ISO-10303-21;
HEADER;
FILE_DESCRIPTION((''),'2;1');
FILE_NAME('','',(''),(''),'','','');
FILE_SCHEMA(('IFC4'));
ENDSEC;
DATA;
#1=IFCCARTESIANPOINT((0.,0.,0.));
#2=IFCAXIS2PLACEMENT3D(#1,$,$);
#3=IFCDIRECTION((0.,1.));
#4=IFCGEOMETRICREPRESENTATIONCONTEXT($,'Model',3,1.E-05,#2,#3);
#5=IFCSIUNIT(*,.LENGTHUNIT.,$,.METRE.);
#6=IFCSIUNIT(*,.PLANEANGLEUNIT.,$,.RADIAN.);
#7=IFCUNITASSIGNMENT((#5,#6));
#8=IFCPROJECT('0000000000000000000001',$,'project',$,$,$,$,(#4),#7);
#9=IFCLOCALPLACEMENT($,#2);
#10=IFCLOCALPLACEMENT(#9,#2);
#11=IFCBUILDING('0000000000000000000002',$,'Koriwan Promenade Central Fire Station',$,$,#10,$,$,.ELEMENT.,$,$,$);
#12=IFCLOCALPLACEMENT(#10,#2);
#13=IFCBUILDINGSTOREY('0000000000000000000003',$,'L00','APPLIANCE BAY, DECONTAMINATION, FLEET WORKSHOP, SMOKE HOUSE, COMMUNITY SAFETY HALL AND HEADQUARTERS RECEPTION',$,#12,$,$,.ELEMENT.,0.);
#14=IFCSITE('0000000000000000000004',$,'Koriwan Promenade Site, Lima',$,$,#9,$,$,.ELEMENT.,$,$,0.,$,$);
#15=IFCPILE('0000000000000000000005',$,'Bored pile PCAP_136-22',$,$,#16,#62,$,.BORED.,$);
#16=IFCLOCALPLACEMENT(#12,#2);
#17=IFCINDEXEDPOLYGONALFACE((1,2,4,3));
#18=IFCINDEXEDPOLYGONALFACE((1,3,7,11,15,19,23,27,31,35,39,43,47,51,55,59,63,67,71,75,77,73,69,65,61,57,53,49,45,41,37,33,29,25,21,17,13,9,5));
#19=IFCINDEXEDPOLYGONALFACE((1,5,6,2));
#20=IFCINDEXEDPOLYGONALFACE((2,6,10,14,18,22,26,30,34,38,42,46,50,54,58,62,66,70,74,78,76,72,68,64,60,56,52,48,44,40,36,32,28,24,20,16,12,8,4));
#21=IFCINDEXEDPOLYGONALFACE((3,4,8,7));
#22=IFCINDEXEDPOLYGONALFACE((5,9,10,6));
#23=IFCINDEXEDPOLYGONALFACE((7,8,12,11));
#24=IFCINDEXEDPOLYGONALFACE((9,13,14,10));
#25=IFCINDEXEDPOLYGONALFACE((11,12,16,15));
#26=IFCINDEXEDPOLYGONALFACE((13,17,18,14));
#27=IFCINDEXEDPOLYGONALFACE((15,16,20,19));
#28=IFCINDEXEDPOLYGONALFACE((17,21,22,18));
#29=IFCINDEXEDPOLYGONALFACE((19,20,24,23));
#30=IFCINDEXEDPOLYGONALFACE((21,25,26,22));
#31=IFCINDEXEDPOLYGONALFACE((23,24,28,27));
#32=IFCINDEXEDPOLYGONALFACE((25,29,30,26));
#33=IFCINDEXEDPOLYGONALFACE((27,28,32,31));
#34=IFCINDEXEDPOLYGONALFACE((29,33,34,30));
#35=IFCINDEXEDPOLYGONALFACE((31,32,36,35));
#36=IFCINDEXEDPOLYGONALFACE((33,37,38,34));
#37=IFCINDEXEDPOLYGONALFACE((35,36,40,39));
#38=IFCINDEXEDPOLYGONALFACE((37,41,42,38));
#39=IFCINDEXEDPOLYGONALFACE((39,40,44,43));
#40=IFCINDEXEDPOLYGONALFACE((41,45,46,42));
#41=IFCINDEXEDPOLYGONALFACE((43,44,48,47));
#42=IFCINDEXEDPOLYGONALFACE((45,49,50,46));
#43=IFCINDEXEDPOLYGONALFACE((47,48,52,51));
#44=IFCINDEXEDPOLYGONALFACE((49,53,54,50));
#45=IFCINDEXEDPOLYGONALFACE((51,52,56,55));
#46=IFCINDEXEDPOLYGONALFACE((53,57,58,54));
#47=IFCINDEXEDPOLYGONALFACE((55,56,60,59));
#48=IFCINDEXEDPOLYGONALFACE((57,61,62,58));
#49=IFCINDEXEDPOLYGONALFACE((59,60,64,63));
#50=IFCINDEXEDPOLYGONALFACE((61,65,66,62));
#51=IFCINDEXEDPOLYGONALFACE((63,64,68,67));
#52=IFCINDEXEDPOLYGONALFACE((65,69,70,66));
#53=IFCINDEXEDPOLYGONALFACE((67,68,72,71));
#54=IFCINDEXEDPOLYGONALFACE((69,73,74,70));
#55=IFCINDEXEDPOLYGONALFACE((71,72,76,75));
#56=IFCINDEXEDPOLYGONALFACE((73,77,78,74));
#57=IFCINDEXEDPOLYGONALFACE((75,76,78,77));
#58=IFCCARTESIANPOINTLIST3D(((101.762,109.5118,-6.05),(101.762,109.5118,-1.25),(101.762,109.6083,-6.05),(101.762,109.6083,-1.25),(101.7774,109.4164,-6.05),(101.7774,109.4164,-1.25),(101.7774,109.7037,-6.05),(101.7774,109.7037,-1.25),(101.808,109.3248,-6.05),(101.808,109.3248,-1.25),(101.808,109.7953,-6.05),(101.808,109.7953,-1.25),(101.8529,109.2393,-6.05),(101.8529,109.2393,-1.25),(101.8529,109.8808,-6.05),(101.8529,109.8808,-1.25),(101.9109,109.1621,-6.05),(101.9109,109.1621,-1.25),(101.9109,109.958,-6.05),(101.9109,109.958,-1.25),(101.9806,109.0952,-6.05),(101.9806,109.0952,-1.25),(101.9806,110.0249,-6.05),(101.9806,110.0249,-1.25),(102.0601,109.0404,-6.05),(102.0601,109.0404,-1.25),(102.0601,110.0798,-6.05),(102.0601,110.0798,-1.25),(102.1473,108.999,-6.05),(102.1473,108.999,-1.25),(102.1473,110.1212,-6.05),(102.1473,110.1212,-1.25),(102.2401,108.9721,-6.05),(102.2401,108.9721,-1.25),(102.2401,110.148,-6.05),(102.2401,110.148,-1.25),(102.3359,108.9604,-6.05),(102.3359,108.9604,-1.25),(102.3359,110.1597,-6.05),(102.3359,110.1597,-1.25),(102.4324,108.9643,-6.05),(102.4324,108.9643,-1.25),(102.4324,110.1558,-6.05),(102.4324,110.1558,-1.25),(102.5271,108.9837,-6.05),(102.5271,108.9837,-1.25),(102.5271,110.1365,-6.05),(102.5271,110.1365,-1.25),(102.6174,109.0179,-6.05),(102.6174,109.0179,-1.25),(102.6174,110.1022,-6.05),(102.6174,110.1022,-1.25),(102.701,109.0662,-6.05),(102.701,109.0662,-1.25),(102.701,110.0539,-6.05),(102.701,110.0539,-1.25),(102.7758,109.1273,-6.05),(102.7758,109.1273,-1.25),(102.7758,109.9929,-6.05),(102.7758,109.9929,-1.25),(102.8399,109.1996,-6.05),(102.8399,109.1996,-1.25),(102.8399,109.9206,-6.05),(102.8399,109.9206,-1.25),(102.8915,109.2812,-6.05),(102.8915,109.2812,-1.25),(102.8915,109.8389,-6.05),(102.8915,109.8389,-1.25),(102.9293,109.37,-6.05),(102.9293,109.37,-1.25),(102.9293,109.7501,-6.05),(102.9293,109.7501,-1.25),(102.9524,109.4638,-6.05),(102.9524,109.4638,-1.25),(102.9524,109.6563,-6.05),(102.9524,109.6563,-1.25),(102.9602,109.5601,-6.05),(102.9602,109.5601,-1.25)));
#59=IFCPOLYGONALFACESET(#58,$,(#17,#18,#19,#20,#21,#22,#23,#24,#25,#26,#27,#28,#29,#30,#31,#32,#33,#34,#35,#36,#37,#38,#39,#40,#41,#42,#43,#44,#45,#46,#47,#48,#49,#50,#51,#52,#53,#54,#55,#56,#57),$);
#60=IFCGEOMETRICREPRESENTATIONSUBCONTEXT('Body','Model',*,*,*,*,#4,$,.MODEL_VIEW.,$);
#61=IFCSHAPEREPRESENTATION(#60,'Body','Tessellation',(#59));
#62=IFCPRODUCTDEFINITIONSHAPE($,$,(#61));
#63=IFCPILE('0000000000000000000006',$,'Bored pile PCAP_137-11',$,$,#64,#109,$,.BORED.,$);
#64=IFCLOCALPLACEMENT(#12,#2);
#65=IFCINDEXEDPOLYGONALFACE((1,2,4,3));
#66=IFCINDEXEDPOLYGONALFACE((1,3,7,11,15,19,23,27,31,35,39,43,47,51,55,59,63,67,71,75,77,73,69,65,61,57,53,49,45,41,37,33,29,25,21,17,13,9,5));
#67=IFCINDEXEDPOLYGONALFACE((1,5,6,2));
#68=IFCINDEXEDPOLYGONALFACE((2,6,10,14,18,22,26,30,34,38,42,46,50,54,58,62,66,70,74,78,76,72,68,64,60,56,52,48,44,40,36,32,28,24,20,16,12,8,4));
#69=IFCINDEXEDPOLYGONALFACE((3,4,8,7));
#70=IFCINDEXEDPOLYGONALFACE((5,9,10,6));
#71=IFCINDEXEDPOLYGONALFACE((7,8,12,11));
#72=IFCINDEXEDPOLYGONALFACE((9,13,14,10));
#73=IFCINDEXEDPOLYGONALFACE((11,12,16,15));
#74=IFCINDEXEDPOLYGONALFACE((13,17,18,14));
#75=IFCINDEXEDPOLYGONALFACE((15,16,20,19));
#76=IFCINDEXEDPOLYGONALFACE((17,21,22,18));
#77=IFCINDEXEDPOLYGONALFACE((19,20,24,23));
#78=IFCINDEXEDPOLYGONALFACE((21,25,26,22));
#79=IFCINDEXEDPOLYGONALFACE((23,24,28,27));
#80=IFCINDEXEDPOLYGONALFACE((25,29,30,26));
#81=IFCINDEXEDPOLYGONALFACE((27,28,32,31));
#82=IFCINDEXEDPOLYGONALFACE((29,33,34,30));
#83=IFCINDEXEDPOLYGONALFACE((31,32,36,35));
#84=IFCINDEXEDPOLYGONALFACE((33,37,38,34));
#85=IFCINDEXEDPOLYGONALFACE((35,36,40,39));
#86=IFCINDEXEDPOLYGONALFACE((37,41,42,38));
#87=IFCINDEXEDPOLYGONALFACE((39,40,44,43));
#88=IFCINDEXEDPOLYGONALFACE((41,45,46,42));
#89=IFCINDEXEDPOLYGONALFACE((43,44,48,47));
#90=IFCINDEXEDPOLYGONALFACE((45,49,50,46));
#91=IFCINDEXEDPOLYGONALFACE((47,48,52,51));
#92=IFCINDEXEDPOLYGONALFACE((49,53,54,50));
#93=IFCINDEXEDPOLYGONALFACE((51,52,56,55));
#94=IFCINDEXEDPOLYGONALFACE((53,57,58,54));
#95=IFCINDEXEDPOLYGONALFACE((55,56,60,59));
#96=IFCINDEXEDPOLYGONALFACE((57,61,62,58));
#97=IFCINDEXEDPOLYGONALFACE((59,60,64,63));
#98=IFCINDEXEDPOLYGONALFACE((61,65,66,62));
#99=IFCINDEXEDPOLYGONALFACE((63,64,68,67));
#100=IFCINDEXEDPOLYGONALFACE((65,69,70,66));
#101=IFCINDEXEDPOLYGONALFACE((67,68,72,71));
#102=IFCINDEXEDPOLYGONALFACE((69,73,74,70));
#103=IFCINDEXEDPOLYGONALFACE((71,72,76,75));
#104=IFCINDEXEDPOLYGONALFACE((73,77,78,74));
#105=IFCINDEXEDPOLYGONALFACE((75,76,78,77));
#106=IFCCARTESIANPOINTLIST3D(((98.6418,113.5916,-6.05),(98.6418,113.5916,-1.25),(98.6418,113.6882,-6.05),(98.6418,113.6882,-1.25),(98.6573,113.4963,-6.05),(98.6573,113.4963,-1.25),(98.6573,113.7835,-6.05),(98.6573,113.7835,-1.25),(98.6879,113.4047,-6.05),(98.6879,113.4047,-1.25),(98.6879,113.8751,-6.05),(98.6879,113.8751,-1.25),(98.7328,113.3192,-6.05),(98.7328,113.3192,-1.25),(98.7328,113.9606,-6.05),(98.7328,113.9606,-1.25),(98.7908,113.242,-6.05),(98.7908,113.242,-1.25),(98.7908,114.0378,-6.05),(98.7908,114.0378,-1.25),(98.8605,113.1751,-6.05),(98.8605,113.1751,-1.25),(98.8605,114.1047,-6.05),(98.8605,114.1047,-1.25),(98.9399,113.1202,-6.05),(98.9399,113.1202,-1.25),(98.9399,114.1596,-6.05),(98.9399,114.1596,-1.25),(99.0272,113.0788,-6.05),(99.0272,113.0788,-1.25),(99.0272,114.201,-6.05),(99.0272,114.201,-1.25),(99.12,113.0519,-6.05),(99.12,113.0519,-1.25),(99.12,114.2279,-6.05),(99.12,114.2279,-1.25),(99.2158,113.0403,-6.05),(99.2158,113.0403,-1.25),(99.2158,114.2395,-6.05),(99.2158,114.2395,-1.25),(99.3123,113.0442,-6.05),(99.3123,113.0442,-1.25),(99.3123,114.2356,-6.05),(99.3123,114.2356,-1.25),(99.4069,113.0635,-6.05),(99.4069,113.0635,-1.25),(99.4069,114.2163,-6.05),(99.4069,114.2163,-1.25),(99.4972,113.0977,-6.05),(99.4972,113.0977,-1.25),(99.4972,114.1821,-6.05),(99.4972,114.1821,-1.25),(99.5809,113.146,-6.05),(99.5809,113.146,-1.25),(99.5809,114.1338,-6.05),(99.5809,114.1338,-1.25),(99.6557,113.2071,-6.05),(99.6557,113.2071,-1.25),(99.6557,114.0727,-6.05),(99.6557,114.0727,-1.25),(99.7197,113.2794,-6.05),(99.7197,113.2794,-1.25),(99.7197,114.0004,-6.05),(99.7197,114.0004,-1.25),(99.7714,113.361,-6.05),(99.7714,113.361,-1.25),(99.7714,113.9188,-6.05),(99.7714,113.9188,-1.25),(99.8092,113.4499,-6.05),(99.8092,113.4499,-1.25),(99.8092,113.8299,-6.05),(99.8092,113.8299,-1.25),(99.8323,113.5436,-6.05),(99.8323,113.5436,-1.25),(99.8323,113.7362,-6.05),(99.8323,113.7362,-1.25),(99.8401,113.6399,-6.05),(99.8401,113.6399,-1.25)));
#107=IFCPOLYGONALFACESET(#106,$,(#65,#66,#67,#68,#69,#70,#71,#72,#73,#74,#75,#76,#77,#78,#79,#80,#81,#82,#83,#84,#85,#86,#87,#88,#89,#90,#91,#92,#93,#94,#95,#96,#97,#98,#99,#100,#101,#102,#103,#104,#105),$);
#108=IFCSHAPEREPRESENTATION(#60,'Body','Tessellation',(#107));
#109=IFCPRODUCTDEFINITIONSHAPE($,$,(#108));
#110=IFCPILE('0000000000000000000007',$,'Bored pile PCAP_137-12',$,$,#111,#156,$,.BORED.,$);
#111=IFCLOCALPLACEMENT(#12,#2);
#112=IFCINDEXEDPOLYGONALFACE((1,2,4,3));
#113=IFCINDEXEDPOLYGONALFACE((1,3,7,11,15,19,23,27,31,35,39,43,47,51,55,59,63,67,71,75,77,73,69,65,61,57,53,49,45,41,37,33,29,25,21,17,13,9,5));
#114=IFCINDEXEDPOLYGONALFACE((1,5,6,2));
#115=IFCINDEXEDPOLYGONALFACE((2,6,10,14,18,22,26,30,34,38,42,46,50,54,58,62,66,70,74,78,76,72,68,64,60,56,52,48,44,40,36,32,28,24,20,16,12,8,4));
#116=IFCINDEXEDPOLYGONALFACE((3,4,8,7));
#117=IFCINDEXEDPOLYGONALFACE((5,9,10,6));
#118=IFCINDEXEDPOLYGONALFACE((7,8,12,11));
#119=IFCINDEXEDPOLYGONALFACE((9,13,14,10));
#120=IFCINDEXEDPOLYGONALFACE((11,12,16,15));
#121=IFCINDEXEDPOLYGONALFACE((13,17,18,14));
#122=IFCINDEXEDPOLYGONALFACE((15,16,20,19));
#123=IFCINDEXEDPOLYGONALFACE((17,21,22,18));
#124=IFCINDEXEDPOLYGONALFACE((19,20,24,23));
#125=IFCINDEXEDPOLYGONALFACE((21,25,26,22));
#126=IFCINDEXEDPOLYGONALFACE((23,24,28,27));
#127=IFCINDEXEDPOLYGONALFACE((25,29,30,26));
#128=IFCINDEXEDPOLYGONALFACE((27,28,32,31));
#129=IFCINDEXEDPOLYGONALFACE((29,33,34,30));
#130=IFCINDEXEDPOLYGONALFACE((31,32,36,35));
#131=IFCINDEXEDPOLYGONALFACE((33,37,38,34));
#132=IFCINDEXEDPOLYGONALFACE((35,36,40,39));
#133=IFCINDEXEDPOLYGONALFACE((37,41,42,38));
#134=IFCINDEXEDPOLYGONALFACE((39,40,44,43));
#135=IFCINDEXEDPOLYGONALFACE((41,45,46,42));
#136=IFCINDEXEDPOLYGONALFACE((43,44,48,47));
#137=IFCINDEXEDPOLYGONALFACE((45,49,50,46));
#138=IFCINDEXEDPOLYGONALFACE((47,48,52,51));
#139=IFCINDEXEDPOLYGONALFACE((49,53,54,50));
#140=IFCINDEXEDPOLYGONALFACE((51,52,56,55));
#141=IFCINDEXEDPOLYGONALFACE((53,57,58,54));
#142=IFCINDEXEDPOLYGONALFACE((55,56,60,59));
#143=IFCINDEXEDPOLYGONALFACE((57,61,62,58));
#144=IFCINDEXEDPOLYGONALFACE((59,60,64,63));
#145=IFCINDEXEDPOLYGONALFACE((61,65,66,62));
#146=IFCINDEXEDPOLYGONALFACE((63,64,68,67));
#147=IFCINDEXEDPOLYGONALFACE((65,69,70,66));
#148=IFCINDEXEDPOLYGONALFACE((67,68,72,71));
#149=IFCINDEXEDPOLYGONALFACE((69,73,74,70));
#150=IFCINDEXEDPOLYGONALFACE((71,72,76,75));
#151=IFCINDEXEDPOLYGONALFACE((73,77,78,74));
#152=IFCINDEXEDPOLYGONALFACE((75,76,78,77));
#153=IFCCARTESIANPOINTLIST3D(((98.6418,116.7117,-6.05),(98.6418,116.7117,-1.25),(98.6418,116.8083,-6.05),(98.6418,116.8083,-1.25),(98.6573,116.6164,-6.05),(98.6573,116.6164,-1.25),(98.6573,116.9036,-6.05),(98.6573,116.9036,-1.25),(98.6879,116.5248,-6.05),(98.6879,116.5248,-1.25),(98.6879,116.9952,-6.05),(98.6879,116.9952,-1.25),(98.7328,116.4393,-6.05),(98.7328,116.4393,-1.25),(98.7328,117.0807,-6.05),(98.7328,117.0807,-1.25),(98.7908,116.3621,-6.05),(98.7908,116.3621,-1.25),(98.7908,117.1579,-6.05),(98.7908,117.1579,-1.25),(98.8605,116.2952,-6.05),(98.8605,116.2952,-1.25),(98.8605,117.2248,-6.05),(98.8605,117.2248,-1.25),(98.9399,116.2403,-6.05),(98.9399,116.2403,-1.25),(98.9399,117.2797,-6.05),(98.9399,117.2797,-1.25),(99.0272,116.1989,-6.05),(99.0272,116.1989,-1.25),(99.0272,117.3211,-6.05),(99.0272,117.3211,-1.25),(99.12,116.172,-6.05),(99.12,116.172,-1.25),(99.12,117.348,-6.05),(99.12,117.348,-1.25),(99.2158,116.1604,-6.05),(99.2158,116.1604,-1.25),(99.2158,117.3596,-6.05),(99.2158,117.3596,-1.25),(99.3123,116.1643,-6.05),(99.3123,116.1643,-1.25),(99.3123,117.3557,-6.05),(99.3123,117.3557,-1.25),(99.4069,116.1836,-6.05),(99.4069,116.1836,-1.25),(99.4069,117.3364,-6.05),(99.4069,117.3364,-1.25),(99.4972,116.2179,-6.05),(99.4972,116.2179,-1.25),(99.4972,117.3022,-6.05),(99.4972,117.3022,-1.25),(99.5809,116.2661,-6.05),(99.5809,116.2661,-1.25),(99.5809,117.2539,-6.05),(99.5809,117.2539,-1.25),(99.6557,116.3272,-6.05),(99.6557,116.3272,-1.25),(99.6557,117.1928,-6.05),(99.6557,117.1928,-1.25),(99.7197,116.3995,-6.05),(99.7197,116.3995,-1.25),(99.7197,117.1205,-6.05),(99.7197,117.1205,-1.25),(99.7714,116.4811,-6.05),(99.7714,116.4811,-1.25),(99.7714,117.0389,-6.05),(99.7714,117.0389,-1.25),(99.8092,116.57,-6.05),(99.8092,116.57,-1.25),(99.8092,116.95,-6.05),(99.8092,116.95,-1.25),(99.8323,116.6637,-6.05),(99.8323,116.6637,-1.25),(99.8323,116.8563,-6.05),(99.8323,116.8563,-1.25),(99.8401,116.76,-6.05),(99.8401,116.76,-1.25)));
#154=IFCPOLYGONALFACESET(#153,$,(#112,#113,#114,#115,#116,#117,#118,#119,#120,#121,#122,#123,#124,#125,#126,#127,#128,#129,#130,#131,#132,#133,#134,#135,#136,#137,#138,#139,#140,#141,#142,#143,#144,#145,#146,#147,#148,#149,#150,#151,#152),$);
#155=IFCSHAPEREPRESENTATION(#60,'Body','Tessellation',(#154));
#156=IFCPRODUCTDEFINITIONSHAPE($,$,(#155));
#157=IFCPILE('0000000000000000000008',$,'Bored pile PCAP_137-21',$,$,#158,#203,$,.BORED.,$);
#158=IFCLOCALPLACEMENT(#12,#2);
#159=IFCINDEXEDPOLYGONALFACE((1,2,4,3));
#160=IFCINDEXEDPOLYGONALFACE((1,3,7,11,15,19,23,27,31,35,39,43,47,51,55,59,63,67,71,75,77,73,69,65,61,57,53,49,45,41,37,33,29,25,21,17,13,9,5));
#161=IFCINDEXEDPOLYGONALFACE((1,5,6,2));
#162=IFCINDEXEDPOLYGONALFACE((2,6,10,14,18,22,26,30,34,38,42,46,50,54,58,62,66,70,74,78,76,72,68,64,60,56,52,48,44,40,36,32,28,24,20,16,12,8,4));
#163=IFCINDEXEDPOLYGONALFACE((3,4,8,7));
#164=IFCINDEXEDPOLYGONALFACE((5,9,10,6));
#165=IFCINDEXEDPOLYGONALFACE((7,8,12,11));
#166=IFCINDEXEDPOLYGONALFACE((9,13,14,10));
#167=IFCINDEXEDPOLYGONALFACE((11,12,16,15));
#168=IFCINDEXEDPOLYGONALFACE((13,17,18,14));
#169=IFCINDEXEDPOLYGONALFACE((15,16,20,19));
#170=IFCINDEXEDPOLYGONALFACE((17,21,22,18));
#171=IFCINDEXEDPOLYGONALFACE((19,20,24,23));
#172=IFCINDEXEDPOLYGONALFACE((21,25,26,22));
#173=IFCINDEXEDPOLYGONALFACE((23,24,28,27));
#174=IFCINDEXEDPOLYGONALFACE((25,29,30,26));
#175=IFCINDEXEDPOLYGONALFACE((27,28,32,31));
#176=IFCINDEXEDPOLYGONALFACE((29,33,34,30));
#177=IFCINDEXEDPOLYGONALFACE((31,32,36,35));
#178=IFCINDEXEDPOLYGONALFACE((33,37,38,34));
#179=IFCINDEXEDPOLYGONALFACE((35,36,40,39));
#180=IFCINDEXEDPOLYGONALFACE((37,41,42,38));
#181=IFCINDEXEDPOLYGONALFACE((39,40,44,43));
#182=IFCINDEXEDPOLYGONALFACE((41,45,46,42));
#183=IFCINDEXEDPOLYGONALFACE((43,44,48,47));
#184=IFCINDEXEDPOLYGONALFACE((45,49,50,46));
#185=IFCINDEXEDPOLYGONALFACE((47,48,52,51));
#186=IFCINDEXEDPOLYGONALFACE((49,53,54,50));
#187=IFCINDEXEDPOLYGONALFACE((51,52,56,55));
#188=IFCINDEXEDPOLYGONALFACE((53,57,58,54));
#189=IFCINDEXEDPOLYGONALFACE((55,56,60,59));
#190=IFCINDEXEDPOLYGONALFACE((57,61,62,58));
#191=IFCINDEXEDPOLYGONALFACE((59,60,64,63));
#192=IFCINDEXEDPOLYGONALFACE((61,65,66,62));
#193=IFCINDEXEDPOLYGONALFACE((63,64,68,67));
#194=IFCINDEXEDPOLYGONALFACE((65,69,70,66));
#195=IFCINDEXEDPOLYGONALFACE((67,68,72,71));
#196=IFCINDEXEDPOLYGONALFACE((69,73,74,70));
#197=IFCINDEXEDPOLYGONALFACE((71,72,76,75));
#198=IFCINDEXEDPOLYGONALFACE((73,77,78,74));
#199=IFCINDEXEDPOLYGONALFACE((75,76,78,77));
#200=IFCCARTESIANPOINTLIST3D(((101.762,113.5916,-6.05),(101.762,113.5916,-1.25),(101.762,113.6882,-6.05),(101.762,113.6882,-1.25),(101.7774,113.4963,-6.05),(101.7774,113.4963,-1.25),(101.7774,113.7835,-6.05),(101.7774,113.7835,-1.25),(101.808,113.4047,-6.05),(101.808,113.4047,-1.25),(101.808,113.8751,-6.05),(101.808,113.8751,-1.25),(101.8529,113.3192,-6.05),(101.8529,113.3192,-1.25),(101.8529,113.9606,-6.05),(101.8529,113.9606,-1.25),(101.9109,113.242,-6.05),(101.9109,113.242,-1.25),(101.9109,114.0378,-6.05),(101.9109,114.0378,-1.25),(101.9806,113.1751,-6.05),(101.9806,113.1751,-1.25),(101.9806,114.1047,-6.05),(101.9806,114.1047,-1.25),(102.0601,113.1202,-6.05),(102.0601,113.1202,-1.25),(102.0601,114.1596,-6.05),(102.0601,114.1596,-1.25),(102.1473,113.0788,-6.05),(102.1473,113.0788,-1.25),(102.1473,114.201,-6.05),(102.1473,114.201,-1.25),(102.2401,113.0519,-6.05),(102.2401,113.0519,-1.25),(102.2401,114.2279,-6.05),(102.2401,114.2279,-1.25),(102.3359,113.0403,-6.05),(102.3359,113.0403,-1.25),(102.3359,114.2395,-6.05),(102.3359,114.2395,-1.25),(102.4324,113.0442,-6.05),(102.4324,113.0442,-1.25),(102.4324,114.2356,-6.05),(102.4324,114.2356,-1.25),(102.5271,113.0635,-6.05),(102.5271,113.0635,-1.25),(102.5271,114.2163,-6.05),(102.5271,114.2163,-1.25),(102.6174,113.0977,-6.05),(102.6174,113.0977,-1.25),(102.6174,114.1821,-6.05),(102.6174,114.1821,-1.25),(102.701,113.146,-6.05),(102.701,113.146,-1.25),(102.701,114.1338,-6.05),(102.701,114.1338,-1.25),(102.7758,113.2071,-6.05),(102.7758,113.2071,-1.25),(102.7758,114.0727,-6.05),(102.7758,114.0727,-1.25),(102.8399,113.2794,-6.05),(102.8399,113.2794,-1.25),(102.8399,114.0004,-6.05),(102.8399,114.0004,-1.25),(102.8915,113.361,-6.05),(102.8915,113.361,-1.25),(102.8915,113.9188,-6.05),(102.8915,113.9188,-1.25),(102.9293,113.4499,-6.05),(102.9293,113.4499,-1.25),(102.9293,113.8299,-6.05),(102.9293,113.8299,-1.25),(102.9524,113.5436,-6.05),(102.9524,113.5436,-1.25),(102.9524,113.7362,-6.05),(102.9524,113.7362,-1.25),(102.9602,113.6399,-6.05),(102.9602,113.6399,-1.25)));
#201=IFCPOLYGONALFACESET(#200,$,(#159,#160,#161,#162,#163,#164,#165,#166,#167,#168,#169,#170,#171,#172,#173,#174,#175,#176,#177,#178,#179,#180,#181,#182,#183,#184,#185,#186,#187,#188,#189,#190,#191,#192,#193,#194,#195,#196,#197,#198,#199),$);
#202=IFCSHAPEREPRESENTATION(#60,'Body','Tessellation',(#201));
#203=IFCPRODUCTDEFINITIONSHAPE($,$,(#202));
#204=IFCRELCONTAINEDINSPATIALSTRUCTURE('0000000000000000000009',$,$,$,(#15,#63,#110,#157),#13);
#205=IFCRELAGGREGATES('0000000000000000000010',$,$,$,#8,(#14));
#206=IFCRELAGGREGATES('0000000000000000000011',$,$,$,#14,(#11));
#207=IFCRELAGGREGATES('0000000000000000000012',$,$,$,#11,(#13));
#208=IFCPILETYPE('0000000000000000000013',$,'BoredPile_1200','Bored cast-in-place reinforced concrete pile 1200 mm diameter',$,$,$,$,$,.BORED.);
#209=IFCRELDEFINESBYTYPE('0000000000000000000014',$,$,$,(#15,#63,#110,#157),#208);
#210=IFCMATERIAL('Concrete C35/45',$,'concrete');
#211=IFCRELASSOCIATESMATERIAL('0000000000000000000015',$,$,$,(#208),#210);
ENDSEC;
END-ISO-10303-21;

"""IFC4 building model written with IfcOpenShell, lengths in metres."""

from ifc_helpers import new_model, si_unit, direction, frame, origin, origin_2d, place, context, subcontext, project, spatial, circle, extrude, material, material_profile, profile_set, type_object, element, save


model = new_model("IFC4")

# Units and contexts
model_context = context("Model", 3, precision=1e-05, world=origin(), true_north=direction((0.0, 1.0)))
body_context = subcontext(model_context, "Body", "Model", "MODEL_VIEW")
ifc_project = project(units=[si_unit("LENGTHUNIT", "METRE"), si_unit("PLANEANGLEUNIT", "RADIAN")], contexts=[model_context])

# Site, building, storey
site_placement = place(None, origin())
site = spatial("IfcSite", under=ifc_project, at=site_placement, Name="Koriwan Promenade Site, Lima", CompositionType="ELEMENT", RefElevation=0.0)
building_placement = place(site_placement, origin())
building = spatial("IfcBuilding", under=site, at=building_placement, Name="Koriwan Promenade Central Fire Station", CompositionType="ELEMENT")
storey_placement = place(building_placement, origin())
storey = spatial("IfcBuildingStorey", under=building, at=storey_placement, Name="L00", Description="APPLIANCE BAY, DECONTAMINATION, FLEET WORKSHOP, SMOKE HOUSE, COMMUNITY SAFETY HALL AND HEADQUARTERS RECEPTION", CompositionType="ELEMENT", Elevation=0.0)

# Piles
ifc_material_1 = material(Name="Concrete C35/45", Category="concrete")
ifc_material_profile_1 = material_profile(ifc_material_1, circle(Radius=0.6001, at=origin_2d()), Name="PILE-D1200")
ifc_profile_set_1 = profile_set([ifc_material_profile_1], Name="Concrete C35/45")
pile_type = type_object("IfcPileType", Name="BoredPile_1200", Description="Bored cast-in-place reinforced concrete pile 1200 mm diameter", PredefinedType="BORED", material=ifc_profile_set_1)
for number, where, z_axis, x_axis, name in (
    (1, (102.3601, 109.5601, -1.25), (0.0, 0.0, -1.0), (1.0, 0.0, 0.0), "Bored pile PCAP_136-22"),
    (2, (99.24, 113.6399, -1.25), (0.0, 0.0, -1.0), (1.0, 0.0, 0.0), "Bored pile PCAP_137-11"),
    (3, (99.24, 116.76, -1.25), (0.0, 0.0, -1.0), (1.0, 0.0, 0.0), "Bored pile PCAP_137-12"),
    (4, (102.3601, 113.6399, -1.25), (0.0, 0.0, -1.0), (1.0, 0.0, 0.0), "Bored pile PCAP_137-21"),
):
    element("IfcPile", number, at=place(storey_placement, frame(where, z_axis=z_axis, x_axis=x_axis)), inside=storey, type_object=pile_type, Name=name, PredefinedType="BORED", context=body_context, shape_type="SweptSolid", body=[
        extrude(circle(Radius=0.6001, at=origin_2d()), origin(), (0.0, 0.0, 1.0), 4.8),
    ])

save(model, "model.ifc")
